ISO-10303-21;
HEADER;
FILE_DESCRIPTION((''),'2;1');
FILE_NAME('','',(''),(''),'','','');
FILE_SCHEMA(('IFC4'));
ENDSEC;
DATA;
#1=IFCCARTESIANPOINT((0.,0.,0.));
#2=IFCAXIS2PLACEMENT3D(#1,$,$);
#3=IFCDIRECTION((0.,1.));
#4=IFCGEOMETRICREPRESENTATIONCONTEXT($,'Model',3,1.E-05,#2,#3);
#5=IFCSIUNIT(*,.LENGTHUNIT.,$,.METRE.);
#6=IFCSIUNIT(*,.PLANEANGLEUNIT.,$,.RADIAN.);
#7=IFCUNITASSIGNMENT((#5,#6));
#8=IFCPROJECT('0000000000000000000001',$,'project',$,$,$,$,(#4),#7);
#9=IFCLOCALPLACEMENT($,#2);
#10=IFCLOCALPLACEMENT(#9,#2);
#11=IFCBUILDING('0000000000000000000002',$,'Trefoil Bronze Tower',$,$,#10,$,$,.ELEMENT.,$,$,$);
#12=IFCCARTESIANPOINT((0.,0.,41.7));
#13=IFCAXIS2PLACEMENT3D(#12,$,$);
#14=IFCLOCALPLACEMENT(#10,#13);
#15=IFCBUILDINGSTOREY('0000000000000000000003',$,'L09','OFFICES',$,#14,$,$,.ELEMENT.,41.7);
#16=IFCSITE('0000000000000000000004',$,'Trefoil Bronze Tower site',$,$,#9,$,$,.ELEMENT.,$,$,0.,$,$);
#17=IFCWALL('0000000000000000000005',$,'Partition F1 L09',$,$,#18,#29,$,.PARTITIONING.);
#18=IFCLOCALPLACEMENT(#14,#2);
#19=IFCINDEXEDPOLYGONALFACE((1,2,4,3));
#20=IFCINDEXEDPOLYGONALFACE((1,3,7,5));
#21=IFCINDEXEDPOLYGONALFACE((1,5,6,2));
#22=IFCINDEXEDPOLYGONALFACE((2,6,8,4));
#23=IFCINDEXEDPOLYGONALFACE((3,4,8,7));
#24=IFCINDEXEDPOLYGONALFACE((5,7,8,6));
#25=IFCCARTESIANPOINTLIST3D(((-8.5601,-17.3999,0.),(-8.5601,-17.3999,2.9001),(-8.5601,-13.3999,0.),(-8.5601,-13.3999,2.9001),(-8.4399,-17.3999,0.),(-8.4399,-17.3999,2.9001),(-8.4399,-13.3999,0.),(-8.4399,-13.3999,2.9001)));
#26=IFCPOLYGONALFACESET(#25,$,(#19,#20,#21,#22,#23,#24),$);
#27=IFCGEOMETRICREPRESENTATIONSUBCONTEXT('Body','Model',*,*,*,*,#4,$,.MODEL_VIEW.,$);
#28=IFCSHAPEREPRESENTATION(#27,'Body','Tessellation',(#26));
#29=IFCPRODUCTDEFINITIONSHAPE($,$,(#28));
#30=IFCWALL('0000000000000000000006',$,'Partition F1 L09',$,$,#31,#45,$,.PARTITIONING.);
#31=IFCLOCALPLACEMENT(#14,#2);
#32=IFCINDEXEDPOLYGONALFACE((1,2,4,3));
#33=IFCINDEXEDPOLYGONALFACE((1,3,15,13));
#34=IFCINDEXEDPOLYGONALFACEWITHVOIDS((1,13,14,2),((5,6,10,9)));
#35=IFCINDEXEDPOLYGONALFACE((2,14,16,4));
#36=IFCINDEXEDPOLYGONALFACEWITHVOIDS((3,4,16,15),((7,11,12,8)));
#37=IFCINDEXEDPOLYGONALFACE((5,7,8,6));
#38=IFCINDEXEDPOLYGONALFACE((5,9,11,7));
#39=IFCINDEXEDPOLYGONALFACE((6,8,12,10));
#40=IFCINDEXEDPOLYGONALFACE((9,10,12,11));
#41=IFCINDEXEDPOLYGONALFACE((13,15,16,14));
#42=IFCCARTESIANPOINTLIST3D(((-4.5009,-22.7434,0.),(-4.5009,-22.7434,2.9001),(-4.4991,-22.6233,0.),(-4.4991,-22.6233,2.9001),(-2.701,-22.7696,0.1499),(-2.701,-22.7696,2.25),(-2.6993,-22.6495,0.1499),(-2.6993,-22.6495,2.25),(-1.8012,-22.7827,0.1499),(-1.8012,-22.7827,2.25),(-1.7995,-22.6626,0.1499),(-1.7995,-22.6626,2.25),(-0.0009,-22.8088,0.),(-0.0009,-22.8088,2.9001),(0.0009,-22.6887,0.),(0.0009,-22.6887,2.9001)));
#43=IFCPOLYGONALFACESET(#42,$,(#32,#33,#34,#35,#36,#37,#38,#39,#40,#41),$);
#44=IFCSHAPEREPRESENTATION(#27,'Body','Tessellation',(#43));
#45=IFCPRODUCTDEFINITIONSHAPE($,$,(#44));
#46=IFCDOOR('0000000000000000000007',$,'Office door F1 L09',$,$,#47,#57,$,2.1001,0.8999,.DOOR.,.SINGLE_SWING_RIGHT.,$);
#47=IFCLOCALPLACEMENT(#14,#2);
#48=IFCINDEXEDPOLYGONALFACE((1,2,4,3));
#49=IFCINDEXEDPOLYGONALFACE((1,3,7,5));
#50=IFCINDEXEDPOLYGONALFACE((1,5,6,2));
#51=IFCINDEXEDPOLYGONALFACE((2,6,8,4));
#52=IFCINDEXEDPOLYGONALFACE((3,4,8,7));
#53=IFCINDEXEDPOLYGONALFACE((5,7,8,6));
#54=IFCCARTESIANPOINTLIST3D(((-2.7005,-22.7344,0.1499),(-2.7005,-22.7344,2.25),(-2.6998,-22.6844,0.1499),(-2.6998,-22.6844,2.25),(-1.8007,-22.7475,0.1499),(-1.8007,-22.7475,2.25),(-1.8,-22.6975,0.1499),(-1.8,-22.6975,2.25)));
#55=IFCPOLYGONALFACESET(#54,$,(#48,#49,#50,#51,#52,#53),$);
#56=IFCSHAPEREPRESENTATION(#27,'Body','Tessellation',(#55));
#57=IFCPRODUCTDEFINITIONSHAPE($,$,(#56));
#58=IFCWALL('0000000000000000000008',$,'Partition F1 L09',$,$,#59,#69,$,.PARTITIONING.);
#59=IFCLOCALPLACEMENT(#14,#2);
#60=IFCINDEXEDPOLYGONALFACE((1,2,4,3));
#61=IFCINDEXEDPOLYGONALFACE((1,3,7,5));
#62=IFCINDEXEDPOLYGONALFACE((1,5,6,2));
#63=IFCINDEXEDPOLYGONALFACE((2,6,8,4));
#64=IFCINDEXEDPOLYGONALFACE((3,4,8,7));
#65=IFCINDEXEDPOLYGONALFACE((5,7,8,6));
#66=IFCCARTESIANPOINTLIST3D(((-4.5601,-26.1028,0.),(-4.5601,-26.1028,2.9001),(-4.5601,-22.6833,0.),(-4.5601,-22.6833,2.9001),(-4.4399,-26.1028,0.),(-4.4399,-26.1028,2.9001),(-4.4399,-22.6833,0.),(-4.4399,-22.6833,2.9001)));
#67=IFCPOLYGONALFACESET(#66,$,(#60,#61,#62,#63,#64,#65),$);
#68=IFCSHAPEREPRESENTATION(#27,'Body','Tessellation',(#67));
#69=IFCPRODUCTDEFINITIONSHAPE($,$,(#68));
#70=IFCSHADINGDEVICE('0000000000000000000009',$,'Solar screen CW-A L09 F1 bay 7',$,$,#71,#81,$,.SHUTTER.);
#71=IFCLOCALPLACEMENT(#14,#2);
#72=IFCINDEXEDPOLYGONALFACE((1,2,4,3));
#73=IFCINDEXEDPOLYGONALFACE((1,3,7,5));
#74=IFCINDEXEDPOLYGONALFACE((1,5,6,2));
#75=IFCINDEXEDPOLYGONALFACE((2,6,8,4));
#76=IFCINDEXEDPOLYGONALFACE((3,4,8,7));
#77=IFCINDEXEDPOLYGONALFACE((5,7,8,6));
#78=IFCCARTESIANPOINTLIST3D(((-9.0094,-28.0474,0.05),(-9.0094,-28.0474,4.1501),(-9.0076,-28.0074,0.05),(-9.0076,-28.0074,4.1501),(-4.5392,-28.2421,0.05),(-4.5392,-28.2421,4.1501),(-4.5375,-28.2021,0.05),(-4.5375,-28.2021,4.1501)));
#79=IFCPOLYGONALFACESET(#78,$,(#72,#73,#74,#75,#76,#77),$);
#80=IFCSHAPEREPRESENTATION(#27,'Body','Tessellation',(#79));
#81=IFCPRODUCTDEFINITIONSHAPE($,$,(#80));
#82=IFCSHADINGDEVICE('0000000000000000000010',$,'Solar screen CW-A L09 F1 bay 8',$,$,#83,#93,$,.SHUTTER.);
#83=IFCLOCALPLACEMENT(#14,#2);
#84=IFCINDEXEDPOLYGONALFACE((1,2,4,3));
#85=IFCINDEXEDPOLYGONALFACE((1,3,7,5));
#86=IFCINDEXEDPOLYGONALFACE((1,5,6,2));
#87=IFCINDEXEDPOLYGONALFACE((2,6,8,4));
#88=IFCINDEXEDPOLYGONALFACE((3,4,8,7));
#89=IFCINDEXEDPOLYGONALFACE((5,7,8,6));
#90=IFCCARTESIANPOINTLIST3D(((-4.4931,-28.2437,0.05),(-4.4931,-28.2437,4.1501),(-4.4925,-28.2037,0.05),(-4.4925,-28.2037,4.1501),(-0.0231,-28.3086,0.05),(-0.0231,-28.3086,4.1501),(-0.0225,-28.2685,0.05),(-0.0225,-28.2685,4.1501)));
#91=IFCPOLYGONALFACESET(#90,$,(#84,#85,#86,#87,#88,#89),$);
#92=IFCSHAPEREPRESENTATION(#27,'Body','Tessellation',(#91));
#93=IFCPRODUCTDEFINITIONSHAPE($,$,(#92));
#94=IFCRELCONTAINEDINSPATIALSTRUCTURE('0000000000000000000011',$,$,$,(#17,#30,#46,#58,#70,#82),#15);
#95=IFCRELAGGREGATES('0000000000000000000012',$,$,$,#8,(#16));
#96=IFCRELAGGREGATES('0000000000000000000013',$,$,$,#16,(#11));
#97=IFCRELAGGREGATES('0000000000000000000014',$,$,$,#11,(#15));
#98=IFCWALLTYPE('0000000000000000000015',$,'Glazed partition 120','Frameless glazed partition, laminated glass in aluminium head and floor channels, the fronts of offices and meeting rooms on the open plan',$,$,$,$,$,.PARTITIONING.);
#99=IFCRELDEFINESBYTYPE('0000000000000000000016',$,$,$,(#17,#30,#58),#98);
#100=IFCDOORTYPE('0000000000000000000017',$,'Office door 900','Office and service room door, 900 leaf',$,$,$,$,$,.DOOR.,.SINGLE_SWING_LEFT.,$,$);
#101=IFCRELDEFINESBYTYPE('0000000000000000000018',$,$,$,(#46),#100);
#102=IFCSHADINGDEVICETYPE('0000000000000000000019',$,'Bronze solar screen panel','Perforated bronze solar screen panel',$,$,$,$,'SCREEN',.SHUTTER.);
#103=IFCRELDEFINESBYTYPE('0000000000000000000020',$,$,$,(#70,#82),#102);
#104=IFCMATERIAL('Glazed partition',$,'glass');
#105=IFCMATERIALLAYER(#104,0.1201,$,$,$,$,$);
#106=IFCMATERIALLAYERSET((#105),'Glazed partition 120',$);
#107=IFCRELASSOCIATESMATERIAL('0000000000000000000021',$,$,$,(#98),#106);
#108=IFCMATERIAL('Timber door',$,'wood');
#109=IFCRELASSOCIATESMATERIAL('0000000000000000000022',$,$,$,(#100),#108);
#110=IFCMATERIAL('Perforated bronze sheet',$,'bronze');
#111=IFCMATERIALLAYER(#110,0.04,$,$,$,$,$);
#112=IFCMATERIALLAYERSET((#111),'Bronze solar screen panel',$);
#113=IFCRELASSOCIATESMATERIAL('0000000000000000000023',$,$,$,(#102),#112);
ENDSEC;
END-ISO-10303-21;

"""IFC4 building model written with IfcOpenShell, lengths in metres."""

from ifc_helpers import new_model, si_unit, direction, frame, frame_2d, origin, origin_2d, place, context, subcontext, project, spatial, rectangle, extrude, material, layer, layer_set, type_object, element, fill, save


model = new_model("IFC4")

# Units and contexts
model_context = context("Model", 3, precision=1e-05, world=origin(), true_north=direction((0.0, 1.0)))
body_context = subcontext(model_context, "Body", "Model", "MODEL_VIEW")
ifc_project = project(units=[si_unit("LENGTHUNIT", "METRE"), si_unit("PLANEANGLEUNIT", "RADIAN")], contexts=[model_context])

# Site, building, storey
site_placement = place(None, origin())
site = spatial("IfcSite", under=ifc_project, at=site_placement, Name="Trefoil Bronze Tower site", CompositionType="ELEMENT", RefElevation=0.0)
building_placement = place(site_placement, origin())
building = spatial("IfcBuilding", under=site, at=building_placement, Name="Trefoil Bronze Tower", CompositionType="ELEMENT")
storey_placement = place(building_placement, frame((0.0, 0.0, 41.7)))
storey = spatial("IfcBuildingStorey", under=building, at=storey_placement, Name="L09", Description="OFFICES", CompositionType="ELEMENT", Elevation=41.7)

# Shared definitions
ifc_material_1 = material(Name="Glazed partition", Category="glass")
ifc_layer_1 = layer(ifc_material_1, 0.1201)
ifc_layer_set_1 = layer_set([ifc_layer_1], Name="Glazed partition 120")
wall_type = type_object("IfcWallType", Name="Glazed partition 120", Description="Frameless glazed partition, laminated glass in aluminium head and floor channels, the fronts of offices and meeting rooms on the open plan", PredefinedType="PARTITIONING", material=ifc_layer_set_1)

# Wall
wall_1_placement = place(storey_placement, frame((-8.5, -13.3999, 0.0), z_axis=(0.0, 0.0, 1.0), x_axis=(0.0, -1.0, 0.0)))
element("IfcWall", 1, at=wall_1_placement, inside=storey, type_object=wall_type, Name="Partition F1 L09", PredefinedType="PARTITIONING", context=body_context, shape_type="SweptSolid", body=[
    extrude(rectangle(XDim=4.0, YDim=0.1201, at=frame_2d((2.0, 0.0))), origin(), (0.0, 0.0, 1.0), 2.9001),
])

# Wall, opening, door
wall_2_placement = place(storey_placement, frame((-4.5, -22.6833, 0.0), z_axis=(0.0, 0.0, 1.0), x_axis=(0.999894, -0.014538, 0.0)))
wall_2 = element("IfcWall", 2, at=wall_2_placement, inside=storey, type_object=wall_type, Name="Partition F1 L09", PredefinedType="PARTITIONING", context=body_context, shape_type="SweptSolid", body=[
    extrude(rectangle(XDim=4.5005, YDim=0.1201, at=frame_2d((2.2502, 0.0))), origin(), (0.0, 0.0, 1.0), 2.9001),
])
opening_1_placement = place(wall_2_placement, frame((1.8, 0.0, 0.1499)))
opening_1 = element("IfcOpeningElement", 3, at=opening_1_placement, cuts=wall_2, PredefinedType="OPENING", context=body_context, shape_type="SweptSolid", body=[
    extrude(rectangle(XDim=0.8999, YDim=2.1001, at=frame_2d((0.45, 1.05))), frame((0.0, 0.0701, 0.0), z_axis=(0.0, -1.0, 0.0), x_axis=(1.0, 0.0, 0.0)), (0.0, 0.0, 1.0), 0.1401),
])
ifc_material_2 = material(Name="Timber door", Category="wood")
door_type_1 = type_object("IfcDoorType", Name="Office door 900", Description="Office and service room door, 900 leaf", OperationType="SINGLE_SWING_LEFT", PredefinedType="DOOR", material=ifc_material_2)
door_1_placement = place(opening_1_placement, frame((0.8999, 0.0, 0.0), z_axis=(0.0, 0.0, 1.0), x_axis=(-1.0, 0.0, 0.0)))
door_1 = element("IfcDoor", 4, at=door_1_placement, inside=storey, type_object=door_type_1, Name="Office door F1 L09", OperationType="SINGLE_SWING_RIGHT", OverallHeight=2.1001, OverallWidth=0.8999, PredefinedType="DOOR", context=body_context, shape_type="SweptSolid", body=[
    extrude(rectangle(XDim=0.8999, YDim=2.1001, at=frame_2d((0.45, 1.05))), frame((0.0, 0.0249, 0.0), z_axis=(0.0, -1.0, 0.0), x_axis=(1.0, 0.0, 0.0)), (0.0, 0.0, 1.0), 0.05),
])
fill(opening_1, door_1)

# Wall
wall_3_placement = place(storey_placement, frame((-4.5, -22.6833, 0.0), z_axis=(0.0, 0.0, 1.0), x_axis=(0.0, -1.0, 0.0)))
element("IfcWall", 5, at=wall_3_placement, inside=storey, type_object=wall_type, Name="Partition F1 L09", PredefinedType="PARTITIONING", context=body_context, shape_type="SweptSolid", body=[
    extrude(rectangle(XDim=3.4194, YDim=0.1201, at=frame_2d((1.7097, 0.0))), origin(), (0.0, 0.0, 1.0), 2.9001),
])

# Shading devices
ifc_material_3 = material(Name="Perforated bronze sheet", Category="bronze")
ifc_layer_2 = layer(ifc_material_3, 0.04)
ifc_layer_set_2 = layer_set([ifc_layer_2], Name="Bronze solar screen panel")
shading_device_type = type_object("IfcShadingDeviceType", Name="Bronze solar screen panel", Description="Perforated bronze solar screen panel", ElementType="SCREEN", PredefinedType="SHUTTER", material=ifc_layer_set_2)
shading_device_1_placement = place(storey_placement, frame((-6.7734, -28.1248, 0.05), z_axis=(0.0, 0.0, 1.0), x_axis=(0.999052, -0.043528, 0.0)))
element("IfcShadingDevice", 6, at=shading_device_1_placement, inside=storey, type_object=shading_device_type, Name="Solar screen CW-A L09 F1 bay 7", PredefinedType="SHUTTER", context=body_context, shape_type="SweptSolid", body=[
    extrude(rectangle(XDim=4.4744, YDim=0.04, at=origin_2d()), origin(), (0.0, 0.0, 1.0), 4.1001),
])
shading_device_2_placement = place(storey_placement, frame((-2.2578, -28.2561, 0.05), z_axis=(0.0, 0.0, 1.0), x_axis=(0.999895, -0.014509, 0.0)))
element("IfcShadingDevice", 7, at=shading_device_2_placement, inside=storey, type_object=shading_device_type, Name="Solar screen CW-A L09 F1 bay 8", PredefinedType="SHUTTER", context=body_context, shape_type="SweptSolid", body=[
    extrude(rectangle(XDim=4.4705, YDim=0.04, at=origin_2d()), origin(), (0.0, 0.0, 1.0), 4.1001),
])

save(model, "model.ifc")
